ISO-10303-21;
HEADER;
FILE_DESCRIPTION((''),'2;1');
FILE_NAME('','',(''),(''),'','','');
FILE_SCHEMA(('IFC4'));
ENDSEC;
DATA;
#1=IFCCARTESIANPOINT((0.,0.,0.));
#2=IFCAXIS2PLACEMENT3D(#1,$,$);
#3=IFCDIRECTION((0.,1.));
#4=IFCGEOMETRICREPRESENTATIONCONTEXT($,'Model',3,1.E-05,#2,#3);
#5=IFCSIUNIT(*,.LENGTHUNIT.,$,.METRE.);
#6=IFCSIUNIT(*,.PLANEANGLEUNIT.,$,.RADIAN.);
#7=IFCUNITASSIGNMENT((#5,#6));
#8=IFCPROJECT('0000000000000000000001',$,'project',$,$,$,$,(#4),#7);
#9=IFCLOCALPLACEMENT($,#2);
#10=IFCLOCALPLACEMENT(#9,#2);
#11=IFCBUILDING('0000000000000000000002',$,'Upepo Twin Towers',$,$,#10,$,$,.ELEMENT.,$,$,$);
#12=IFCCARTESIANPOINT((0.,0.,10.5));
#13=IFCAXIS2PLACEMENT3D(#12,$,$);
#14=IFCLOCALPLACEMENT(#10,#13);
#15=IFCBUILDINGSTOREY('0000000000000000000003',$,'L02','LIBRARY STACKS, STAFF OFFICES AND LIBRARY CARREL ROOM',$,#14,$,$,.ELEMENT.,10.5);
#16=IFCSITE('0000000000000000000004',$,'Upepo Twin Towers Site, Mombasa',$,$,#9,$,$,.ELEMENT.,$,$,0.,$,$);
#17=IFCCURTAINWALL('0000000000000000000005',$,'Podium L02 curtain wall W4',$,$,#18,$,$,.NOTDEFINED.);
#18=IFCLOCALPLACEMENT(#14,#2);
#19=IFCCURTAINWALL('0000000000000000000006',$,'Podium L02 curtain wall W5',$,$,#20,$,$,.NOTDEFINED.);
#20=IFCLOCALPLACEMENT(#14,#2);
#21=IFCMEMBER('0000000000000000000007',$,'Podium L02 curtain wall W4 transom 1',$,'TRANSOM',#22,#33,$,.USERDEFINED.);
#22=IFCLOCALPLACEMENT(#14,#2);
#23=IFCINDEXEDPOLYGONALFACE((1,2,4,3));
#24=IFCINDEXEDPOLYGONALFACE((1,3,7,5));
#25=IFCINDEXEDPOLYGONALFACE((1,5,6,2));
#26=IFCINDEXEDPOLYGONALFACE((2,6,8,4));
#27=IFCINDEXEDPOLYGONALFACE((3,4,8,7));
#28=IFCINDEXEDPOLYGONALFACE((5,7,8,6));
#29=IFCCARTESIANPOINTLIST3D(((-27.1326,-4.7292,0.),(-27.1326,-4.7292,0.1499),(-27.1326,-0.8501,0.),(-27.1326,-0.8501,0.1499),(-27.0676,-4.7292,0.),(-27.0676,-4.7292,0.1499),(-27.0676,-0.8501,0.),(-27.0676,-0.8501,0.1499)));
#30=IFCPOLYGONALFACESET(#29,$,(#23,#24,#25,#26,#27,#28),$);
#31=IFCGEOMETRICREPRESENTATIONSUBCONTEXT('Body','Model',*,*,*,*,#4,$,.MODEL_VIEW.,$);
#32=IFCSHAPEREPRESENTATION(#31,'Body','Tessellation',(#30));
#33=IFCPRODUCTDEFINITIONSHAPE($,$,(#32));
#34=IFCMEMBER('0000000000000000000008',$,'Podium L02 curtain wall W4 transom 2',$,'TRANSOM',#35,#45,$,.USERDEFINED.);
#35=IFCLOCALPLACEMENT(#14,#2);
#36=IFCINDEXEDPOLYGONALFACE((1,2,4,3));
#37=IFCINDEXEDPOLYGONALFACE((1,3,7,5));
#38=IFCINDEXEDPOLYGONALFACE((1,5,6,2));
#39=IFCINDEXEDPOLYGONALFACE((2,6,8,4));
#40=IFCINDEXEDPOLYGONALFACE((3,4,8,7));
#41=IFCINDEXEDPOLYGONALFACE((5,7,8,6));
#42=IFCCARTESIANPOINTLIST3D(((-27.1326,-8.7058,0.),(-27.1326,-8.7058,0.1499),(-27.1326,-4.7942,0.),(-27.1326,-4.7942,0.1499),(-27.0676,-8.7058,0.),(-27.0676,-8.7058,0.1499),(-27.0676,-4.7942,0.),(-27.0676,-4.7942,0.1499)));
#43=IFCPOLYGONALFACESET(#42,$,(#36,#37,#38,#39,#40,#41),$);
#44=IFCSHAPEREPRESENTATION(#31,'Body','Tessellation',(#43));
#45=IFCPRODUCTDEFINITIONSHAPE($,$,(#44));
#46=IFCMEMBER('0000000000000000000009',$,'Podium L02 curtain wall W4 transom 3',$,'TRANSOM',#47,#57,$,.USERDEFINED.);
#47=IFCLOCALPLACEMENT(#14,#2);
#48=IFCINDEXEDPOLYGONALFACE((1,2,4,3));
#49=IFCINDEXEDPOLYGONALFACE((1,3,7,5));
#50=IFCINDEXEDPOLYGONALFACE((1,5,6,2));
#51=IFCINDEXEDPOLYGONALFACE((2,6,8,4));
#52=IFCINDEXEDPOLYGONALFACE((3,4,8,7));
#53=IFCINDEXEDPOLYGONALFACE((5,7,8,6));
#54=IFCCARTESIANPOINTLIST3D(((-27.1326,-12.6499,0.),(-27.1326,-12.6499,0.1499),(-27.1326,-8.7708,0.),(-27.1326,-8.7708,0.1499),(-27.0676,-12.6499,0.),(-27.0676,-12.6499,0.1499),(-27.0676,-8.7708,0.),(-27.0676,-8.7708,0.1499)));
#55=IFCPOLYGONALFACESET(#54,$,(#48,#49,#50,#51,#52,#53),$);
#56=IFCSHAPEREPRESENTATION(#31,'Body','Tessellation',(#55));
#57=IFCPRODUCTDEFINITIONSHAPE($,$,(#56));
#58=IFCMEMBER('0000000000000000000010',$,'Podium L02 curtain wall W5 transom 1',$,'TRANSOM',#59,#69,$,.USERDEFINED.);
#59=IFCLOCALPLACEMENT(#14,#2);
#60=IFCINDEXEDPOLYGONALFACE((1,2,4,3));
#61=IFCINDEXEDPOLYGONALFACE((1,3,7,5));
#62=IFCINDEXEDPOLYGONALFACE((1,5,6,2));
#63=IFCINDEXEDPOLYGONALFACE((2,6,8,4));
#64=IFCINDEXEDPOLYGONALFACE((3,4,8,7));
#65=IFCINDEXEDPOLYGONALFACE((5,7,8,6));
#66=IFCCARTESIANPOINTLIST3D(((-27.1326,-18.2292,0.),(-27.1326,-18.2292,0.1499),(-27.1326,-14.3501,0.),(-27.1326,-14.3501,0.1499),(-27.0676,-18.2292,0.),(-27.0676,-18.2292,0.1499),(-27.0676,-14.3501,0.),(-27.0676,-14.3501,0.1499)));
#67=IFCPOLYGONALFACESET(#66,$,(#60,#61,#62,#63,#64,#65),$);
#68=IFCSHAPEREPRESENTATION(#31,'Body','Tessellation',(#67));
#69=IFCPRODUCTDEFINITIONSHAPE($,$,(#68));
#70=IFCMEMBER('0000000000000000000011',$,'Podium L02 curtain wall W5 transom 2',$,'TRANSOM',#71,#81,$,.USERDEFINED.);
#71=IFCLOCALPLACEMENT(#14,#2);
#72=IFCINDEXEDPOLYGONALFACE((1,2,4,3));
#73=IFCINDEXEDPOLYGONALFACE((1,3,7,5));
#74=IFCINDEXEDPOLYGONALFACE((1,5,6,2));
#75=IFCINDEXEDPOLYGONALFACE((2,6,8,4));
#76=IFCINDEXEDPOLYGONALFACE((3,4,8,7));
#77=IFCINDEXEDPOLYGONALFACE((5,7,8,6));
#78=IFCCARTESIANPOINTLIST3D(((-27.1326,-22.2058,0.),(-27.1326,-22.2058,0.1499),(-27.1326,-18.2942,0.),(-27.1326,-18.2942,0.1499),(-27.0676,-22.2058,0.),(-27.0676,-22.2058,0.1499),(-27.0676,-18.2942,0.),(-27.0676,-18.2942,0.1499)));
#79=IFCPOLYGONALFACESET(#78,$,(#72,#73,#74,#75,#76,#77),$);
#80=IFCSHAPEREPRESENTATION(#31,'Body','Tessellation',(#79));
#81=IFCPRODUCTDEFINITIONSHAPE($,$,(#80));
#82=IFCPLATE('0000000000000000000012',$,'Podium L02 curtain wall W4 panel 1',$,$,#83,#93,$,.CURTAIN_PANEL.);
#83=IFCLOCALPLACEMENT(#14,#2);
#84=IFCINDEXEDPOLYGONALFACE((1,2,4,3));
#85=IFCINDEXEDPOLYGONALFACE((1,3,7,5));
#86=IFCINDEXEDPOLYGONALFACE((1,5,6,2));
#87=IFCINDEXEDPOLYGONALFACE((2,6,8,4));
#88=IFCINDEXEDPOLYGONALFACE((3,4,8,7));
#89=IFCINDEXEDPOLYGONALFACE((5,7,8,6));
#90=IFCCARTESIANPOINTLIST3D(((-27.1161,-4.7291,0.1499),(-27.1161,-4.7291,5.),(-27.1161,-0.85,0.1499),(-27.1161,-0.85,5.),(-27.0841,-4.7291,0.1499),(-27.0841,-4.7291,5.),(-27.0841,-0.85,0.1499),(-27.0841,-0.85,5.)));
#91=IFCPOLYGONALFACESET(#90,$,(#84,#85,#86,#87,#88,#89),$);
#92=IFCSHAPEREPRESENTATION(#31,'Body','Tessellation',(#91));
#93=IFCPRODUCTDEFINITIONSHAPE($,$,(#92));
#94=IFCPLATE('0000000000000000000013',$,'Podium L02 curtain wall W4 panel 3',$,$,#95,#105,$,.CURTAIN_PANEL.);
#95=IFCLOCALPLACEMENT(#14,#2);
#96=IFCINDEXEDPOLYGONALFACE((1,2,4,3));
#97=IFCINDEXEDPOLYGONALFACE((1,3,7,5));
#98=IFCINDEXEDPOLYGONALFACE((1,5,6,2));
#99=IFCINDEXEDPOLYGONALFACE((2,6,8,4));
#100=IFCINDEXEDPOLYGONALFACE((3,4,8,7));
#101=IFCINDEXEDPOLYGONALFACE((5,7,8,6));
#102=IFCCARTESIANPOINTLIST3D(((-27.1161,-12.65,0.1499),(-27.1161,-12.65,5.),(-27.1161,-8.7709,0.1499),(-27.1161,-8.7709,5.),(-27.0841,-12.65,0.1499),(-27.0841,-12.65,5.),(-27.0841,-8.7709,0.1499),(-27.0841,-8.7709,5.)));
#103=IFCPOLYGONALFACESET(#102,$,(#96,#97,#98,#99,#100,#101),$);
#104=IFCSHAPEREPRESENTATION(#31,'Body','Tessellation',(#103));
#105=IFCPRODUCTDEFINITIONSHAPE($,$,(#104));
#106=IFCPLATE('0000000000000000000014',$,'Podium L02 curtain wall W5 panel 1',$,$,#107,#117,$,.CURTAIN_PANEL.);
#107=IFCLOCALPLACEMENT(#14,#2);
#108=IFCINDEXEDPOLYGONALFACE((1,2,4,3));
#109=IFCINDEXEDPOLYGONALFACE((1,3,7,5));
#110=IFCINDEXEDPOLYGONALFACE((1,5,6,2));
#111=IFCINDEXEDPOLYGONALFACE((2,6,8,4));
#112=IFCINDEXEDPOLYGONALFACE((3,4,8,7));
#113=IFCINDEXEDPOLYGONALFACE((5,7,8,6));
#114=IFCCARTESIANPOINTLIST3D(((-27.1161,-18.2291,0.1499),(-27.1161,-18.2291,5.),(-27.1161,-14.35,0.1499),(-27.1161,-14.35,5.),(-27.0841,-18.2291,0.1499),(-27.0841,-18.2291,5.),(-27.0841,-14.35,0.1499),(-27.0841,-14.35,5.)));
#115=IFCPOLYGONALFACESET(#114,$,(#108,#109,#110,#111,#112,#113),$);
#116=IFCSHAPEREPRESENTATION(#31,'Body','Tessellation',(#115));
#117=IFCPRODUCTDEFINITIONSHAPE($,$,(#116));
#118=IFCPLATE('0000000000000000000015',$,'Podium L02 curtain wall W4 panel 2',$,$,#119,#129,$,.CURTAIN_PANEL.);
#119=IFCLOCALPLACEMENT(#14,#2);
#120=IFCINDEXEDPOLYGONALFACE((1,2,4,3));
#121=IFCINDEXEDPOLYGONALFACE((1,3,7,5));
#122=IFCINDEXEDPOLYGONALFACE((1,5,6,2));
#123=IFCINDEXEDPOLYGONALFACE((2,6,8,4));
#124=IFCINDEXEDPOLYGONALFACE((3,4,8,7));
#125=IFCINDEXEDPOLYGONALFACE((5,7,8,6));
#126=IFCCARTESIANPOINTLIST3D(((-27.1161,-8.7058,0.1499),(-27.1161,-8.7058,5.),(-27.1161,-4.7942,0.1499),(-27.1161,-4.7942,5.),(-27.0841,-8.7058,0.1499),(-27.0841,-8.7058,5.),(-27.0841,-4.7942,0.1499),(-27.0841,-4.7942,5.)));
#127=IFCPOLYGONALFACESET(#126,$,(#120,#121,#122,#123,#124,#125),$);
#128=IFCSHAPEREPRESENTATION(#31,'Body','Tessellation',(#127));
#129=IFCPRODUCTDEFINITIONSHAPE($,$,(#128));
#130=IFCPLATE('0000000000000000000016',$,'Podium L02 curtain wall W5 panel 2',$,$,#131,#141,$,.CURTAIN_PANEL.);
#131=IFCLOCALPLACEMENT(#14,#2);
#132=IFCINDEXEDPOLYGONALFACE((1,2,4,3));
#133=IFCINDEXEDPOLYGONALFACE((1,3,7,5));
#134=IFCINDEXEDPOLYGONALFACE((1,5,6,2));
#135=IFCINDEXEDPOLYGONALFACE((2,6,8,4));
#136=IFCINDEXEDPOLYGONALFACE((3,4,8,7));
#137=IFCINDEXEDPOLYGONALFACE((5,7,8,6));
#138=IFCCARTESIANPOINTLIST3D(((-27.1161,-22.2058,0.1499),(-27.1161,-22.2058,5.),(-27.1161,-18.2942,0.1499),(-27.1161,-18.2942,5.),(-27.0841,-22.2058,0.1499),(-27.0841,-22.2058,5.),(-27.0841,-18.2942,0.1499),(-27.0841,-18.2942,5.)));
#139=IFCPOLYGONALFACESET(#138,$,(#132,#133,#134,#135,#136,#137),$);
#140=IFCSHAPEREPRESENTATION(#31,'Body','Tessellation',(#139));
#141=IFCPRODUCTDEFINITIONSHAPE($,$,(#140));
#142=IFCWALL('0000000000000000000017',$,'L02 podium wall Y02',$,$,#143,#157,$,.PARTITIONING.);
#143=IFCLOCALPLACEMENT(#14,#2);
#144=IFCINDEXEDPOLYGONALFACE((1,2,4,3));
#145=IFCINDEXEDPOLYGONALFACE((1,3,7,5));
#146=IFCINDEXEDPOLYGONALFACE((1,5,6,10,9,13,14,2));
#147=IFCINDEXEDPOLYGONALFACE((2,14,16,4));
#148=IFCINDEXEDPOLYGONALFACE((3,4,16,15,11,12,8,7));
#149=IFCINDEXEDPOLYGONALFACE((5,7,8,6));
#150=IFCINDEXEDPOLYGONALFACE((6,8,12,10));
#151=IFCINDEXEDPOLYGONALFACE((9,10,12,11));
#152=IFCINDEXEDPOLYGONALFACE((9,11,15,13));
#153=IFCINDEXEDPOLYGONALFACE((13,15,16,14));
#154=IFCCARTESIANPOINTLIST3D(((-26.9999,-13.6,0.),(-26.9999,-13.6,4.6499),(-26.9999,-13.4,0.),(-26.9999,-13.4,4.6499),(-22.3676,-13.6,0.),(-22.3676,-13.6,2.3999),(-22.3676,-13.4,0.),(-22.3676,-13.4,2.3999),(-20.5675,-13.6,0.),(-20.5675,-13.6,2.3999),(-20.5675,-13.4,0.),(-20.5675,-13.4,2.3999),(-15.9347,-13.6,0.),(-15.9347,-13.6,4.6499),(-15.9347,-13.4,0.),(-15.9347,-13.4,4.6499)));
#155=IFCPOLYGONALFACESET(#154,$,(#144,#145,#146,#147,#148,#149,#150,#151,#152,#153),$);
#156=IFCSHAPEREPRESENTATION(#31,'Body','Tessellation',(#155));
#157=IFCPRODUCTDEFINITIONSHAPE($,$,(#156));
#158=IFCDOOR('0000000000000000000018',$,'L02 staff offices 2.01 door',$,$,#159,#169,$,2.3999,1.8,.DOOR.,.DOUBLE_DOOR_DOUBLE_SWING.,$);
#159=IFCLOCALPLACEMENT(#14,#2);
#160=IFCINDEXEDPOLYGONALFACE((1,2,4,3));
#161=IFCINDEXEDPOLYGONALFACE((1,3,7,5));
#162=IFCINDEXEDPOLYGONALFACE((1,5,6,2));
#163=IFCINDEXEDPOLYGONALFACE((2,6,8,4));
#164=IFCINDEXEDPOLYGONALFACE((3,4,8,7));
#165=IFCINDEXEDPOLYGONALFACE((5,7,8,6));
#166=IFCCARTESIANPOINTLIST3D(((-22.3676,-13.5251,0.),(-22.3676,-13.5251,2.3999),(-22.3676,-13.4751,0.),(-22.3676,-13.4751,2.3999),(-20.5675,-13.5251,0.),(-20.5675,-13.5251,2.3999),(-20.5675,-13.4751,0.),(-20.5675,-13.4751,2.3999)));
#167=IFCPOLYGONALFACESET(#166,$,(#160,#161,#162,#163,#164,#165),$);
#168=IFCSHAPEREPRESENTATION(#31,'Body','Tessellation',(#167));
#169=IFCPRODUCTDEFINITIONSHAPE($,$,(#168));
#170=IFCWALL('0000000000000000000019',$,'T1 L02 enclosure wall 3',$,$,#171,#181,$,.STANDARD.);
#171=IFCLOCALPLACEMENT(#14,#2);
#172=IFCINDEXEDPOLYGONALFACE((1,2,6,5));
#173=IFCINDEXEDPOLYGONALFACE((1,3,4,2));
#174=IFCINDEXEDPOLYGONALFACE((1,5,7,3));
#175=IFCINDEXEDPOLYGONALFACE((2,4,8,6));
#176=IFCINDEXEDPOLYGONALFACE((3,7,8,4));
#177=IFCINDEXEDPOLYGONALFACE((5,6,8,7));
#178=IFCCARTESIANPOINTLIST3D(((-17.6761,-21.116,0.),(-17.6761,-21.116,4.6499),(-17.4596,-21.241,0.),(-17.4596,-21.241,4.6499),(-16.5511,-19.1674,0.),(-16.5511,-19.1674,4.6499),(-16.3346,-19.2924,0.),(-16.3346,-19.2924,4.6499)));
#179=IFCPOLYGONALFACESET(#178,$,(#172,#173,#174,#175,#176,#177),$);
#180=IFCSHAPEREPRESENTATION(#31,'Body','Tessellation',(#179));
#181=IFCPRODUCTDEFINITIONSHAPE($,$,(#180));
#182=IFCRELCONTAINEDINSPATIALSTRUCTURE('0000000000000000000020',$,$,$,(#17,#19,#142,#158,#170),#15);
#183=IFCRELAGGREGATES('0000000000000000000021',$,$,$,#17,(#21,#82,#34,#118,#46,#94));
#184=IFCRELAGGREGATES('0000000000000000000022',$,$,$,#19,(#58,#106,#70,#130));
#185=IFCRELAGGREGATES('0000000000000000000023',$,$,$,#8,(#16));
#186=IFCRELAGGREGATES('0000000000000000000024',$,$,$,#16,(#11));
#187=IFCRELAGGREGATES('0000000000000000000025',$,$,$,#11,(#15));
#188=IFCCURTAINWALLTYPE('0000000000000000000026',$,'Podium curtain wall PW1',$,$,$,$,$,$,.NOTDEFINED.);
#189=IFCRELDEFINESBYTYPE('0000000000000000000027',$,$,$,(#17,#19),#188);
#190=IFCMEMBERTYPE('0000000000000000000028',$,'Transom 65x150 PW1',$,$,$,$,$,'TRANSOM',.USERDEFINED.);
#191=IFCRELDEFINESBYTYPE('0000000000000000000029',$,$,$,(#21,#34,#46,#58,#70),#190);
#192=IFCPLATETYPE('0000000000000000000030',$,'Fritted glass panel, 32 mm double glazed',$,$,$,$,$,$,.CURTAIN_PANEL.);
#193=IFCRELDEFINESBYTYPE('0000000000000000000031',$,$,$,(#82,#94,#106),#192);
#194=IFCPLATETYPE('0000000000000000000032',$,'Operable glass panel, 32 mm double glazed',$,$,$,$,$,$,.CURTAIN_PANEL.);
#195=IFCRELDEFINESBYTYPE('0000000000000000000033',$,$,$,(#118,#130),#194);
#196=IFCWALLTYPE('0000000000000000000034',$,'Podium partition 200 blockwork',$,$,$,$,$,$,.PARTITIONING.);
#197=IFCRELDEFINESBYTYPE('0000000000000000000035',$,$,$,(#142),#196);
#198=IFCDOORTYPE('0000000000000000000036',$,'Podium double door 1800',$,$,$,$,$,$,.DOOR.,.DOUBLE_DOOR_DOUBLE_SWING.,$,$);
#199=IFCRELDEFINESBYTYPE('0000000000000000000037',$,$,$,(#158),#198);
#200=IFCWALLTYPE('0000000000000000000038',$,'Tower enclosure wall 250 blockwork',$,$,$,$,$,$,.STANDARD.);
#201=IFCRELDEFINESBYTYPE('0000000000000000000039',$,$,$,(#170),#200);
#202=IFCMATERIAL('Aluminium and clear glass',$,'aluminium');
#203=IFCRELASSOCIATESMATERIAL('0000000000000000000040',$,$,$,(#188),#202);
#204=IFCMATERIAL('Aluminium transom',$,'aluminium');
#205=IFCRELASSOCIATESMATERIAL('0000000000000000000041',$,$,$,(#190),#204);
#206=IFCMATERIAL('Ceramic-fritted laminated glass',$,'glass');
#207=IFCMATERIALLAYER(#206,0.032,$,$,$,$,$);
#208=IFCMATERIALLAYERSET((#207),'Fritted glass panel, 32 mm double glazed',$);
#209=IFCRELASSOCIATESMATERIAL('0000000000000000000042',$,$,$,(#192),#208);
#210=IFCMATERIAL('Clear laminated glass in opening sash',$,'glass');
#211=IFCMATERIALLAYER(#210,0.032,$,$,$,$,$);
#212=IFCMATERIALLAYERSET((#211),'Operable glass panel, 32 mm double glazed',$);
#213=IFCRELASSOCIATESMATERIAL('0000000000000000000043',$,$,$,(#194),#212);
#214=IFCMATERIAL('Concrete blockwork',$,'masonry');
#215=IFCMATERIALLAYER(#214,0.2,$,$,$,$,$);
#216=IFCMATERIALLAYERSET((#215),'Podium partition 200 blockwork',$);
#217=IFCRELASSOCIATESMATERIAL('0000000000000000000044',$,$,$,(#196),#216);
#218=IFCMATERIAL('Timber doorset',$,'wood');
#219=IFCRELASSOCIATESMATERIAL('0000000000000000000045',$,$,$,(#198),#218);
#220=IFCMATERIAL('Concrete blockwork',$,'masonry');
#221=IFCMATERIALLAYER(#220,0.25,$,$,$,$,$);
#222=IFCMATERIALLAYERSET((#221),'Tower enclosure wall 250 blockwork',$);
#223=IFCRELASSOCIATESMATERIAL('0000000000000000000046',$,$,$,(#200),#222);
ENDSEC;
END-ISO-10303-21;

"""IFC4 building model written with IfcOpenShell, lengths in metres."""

from ifc_helpers import new_model, si_unit, direction, frame, frame_2d, origin, origin_2d, place, context, subcontext, project, spatial, rectangle, extrude, material, layer, layer_set, material_profile, profile_set, type_object, element, fill, aggregate, save


model = new_model("IFC4")

# Units and contexts
model_context = context("Model", 3, precision=1e-05, world=origin(), true_north=direction((0.0, 1.0)))
body_context = subcontext(model_context, "Body", "Model", "MODEL_VIEW")
ifc_project = project(units=[si_unit("LENGTHUNIT", "METRE"), si_unit("PLANEANGLEUNIT", "RADIAN")], contexts=[model_context])

# Site, building, storey
site_placement = place(None, origin())
site = spatial("IfcSite", under=ifc_project, at=site_placement, Name="Upepo Twin Towers Site, Mombasa", CompositionType="ELEMENT", RefElevation=0.0)
building_placement = place(site_placement, origin())
building = spatial("IfcBuilding", under=site, at=building_placement, Name="Upepo Twin Towers", CompositionType="ELEMENT")
storey_placement = place(building_placement, frame((0.0, 0.0, 10.5)))
storey = spatial("IfcBuildingStorey", under=building, at=storey_placement, Name="L02", Description="LIBRARY STACKS, STAFF OFFICES AND LIBRARY CARREL ROOM", CompositionType="ELEMENT", Elevation=10.5)

# Curtain walls
ifc_material_1 = material(Name="Aluminium and clear glass", Category="aluminium")
curtain_wall_type = type_object("IfcCurtainWallType", Name="Podium curtain wall PW1", PredefinedType="NOTDEFINED", material=ifc_material_1)
curtain_wall_1_placement = place(storey_placement, origin())
curtain_wall_1 = element("IfcCurtainWall", 1, at=curtain_wall_1_placement, inside=storey, type_object=curtain_wall_type, Name="Podium L02 curtain wall W4", PredefinedType="NOTDEFINED")
curtain_wall_2_placement = place(storey_placement, origin())
curtain_wall_2 = element("IfcCurtainWall", 2, at=curtain_wall_2_placement, inside=storey, type_object=curtain_wall_type, Name="Podium L02 curtain wall W5", PredefinedType="NOTDEFINED")

# Members
ifc_material_2 = material(Name="Aluminium transom", Category="aluminium")
ifc_material_profile_1 = material_profile(ifc_material_2, rectangle(XDim=0.0649, YDim=0.1499, at=origin_2d()), Name="TRANSOM 65x150 PODIUM")
ifc_profile_set_1 = profile_set([ifc_material_profile_1], Name="Aluminium transom")
member_type_1 = type_object("IfcMemberType", Name="Transom 65x150 PW1", ElementType="TRANSOM", PredefinedType="USERDEFINED", material=ifc_profile_set_1)
member_1_placement = place(storey_placement, frame((-27.1001, -0.8501, 0.075), z_axis=(0.0, -1.0, 0.0), x_axis=(1.0, 0.0, 0.0)))
member_1 = element("IfcMember", 3, at=member_1_placement, type_object=member_type_1, Name="Podium L02 curtain wall W4 transom 1", ObjectType="TRANSOM", PredefinedType="USERDEFINED", context=body_context, shape_type="SweptSolid", body=[
    extrude(rectangle(XDim=0.0649, YDim=0.1499, at=origin_2d()), origin(), (0.0, 0.0, 1.0), 3.8792),
])
member_2_placement = place(storey_placement, frame((-27.1001, -4.7942, 0.075), z_axis=(0.0, -1.0, 0.0), x_axis=(1.0, 0.0, 0.0)))
member_2 = element("IfcMember", 4, at=member_2_placement, type_object=member_type_1, Name="Podium L02 curtain wall W4 transom 2", ObjectType="TRANSOM", PredefinedType="USERDEFINED", context=body_context, shape_type="SweptSolid", body=[
    extrude(rectangle(XDim=0.0649, YDim=0.1499, at=origin_2d()), origin(), (0.0, 0.0, 1.0), 3.9116),
])
member_3_placement = place(storey_placement, frame((-27.1001, -8.7708, 0.075), z_axis=(0.0, -1.0, 0.0), x_axis=(1.0, 0.0, 0.0)))
member_3 = element("IfcMember", 5, at=member_3_placement, type_object=member_type_1, Name="Podium L02 curtain wall W4 transom 3", ObjectType="TRANSOM", PredefinedType="USERDEFINED", context=body_context, shape_type="SweptSolid", body=[
    extrude(rectangle(XDim=0.0649, YDim=0.1499, at=origin_2d()), origin(), (0.0, 0.0, 1.0), 3.8792),
])
member_4_placement = place(storey_placement, frame((-27.1001, -14.3501, 0.075), z_axis=(0.0, -1.0, 0.0), x_axis=(1.0, 0.0, 0.0)))
member_4 = element("IfcMember", 6, at=member_4_placement, type_object=member_type_1, Name="Podium L02 curtain wall W5 transom 1", ObjectType="TRANSOM", PredefinedType="USERDEFINED", context=body_context, shape_type="SweptSolid", body=[
    extrude(rectangle(XDim=0.0649, YDim=0.1499, at=origin_2d()), origin(), (0.0, 0.0, 1.0), 3.8792),
])
member_5_placement = place(storey_placement, frame((-27.1001, -18.2942, 0.075), z_axis=(0.0, -1.0, 0.0), x_axis=(1.0, 0.0, 0.0)))
member_5 = element("IfcMember", 7, at=member_5_placement, type_object=member_type_1, Name="Podium L02 curtain wall W5 transom 2", ObjectType="TRANSOM", PredefinedType="USERDEFINED", context=body_context, shape_type="SweptSolid", body=[
    extrude(rectangle(XDim=0.0649, YDim=0.1499, at=origin_2d()), origin(), (0.0, 0.0, 1.0), 3.9116),
])

# Plates
ifc_material_3 = material(Name="Ceramic-fritted laminated glass", Category="glass")
ifc_layer_1 = layer(ifc_material_3, 0.032)
ifc_layer_set_1 = layer_set([ifc_layer_1], Name="Fritted glass panel, 32 mm double glazed")
plate_type_1 = type_object("IfcPlateType", Name="Fritted glass panel, 32 mm double glazed", PredefinedType="CURTAIN_PANEL", material=ifc_layer_set_1)
plate_1_placement = place(storey_placement, frame((-27.1001, -2.7896, 0.1499), z_axis=(0.0, 0.0, 1.0), x_axis=(0.0, -1.0, 0.0)))
plate_1 = element("IfcPlate", 8, at=plate_1_placement, type_object=plate_type_1, Name="Podium L02 curtain wall W4 panel 1", PredefinedType="CURTAIN_PANEL", context=body_context, shape_type="SweptSolid", body=[
    extrude(rectangle(XDim=3.8792, YDim=0.032, at=origin_2d()), origin(), (0.0, 0.0, 1.0), 4.8501),
])
plate_2_placement = place(storey_placement, frame((-27.1001, -10.7104, 0.1499), z_axis=(0.0, 0.0, 1.0), x_axis=(0.0, -1.0, 0.0)))
plate_2 = element("IfcPlate", 9, at=plate_2_placement, type_object=plate_type_1, Name="Podium L02 curtain wall W4 panel 3", PredefinedType="CURTAIN_PANEL", context=body_context, shape_type="SweptSolid", body=[
    extrude(rectangle(XDim=3.8792, YDim=0.032, at=origin_2d()), origin(), (0.0, 0.0, 1.0), 4.8501),
])
plate_3_placement = place(storey_placement, frame((-27.1001, -16.2896, 0.1499), z_axis=(0.0, 0.0, 1.0), x_axis=(0.0, -1.0, 0.0)))
plate_3 = element("IfcPlate", 10, at=plate_3_placement, type_object=plate_type_1, Name="Podium L02 curtain wall W5 panel 1", PredefinedType="CURTAIN_PANEL", context=body_context, shape_type="SweptSolid", body=[
    extrude(rectangle(XDim=3.8792, YDim=0.032, at=origin_2d()), origin(), (0.0, 0.0, 1.0), 4.8501),
])
ifc_material_4 = material(Name="Clear laminated glass in opening sash", Category="glass")
ifc_layer_2 = layer(ifc_material_4, 0.032)
ifc_layer_set_2 = layer_set([ifc_layer_2], Name="Operable glass panel, 32 mm double glazed")
plate_type_2 = type_object("IfcPlateType", Name="Operable glass panel, 32 mm double glazed", PredefinedType="CURTAIN_PANEL", material=ifc_layer_set_2)
plate_4_placement = place(storey_placement, frame((-27.1001, -6.75, 0.1499), z_axis=(0.0, 0.0, 1.0), x_axis=(0.0, -1.0, 0.0)))
plate_4 = element("IfcPlate", 11, at=plate_4_placement, type_object=plate_type_2, Name="Podium L02 curtain wall W4 panel 2", PredefinedType="CURTAIN_PANEL", context=body_context, shape_type="SweptSolid", body=[
    extrude(rectangle(XDim=3.9116, YDim=0.032, at=origin_2d()), origin(), (0.0, 0.0, 1.0), 4.8501),
])
aggregate(curtain_wall_1, [member_1, plate_1, member_2, plate_4, member_3, plate_2])
plate_5_placement = place(storey_placement, frame((-27.1001, -20.25, 0.1499), z_axis=(0.0, 0.0, 1.0), x_axis=(0.0, -1.0, 0.0)))
plate_5 = element("IfcPlate", 12, at=plate_5_placement, type_object=plate_type_2, Name="Podium L02 curtain wall W5 panel 2", PredefinedType="CURTAIN_PANEL", context=body_context, shape_type="SweptSolid", body=[
    extrude(rectangle(XDim=3.9116, YDim=0.032, at=origin_2d()), origin(), (0.0, 0.0, 1.0), 4.8501),
])
aggregate(curtain_wall_2, [member_4, plate_3, member_5, plate_5])

# Wall, opening, door
ifc_material_5 = material(Name="Concrete blockwork", Category="masonry")
ifc_layer_3 = layer(ifc_material_5, 0.2)
ifc_layer_set_3 = layer_set([ifc_layer_3], Name="Podium partition 200 blockwork")
wall_type_1 = type_object("IfcWallType", Name="Podium partition 200 blockwork", PredefinedType="PARTITIONING", material=ifc_layer_set_3)
wall_1_placement = place(storey_placement, frame((-27.0, -13.5, 0.0), z_axis=(0.0, 0.0, 1.0), x_axis=(1.0, 0.0, 0.0)))
wall_1 = element("IfcWall", 13, at=wall_1_placement, inside=storey, type_object=wall_type_1, Name="L02 podium wall Y02", PredefinedType="PARTITIONING", context=body_context, shape_type="SweptSolid", body=[
    extrude(rectangle(XDim=11.0652, YDim=0.2, at=frame_2d((5.5327, 0.0))), origin(), (0.0, 0.0, 1.0), 4.6499),
])
opening_placement = place(wall_1_placement, frame((4.6326, 0.0, 0.0)))
opening = element("IfcOpeningElement", 14, at=opening_placement, cuts=wall_1, PredefinedType="OPENING", context=body_context, shape_type="SweptSolid", body=[
    extrude(rectangle(XDim=1.8, YDim=2.3999, at=frame_2d((0.8999, 1.2))), frame((0.0, 0.1099, 0.0), z_axis=(0.0, -1.0, 0.0), x_axis=(1.0, 0.0, 0.0)), (0.0, 0.0, 1.0), 0.22),
])
ifc_material_6 = material(Name="Timber doorset", Category="wood")
door_type = type_object("IfcDoorType", Name="Podium double door 1800", OperationType="DOUBLE_DOOR_DOUBLE_SWING", PredefinedType="DOOR", material=ifc_material_6)
door_placement = place(opening_placement, origin())
door = element("IfcDoor", 15, at=door_placement, inside=storey, type_object=door_type, Name="L02 staff offices 2.01 door", OperationType="DOUBLE_DOOR_DOUBLE_SWING", OverallHeight=2.3999, OverallWidth=1.8, PredefinedType="DOOR", context=body_context, shape_type="SweptSolid", body=[
    extrude(rectangle(XDim=1.8, YDim=2.3999, at=frame_2d((0.8999, 1.2))), frame((0.0, 0.0249, 0.0), z_axis=(0.0, -1.0, 0.0), x_axis=(1.0, 0.0, 0.0)), (0.0, 0.0, 1.0), 0.05),
])
fill(opening, door)

# Wall
ifc_material_7 = material(Name="Concrete blockwork", Category="masonry")
ifc_layer_4 = layer(ifc_material_7, 0.25)
ifc_layer_set_4 = layer_set([ifc_layer_4], Name="Tower enclosure wall 250 blockwork")
wall_type_2 = type_object("IfcWallType", Name="Tower enclosure wall 250 blockwork", PredefinedType="STANDARD", material=ifc_layer_set_4)
for number, where, z_axis, x_axis, name in (
    (16, (-17.5679, -21.1785, 0.0), (0.0, 0.0, 1.0), (0.500014, 0.866018, 0.0), "T1 L02 enclosure wall 3"),
):
    element("IfcWall", number, at=place(storey_placement, frame(where, z_axis=z_axis, x_axis=x_axis)), inside=storey, type_object=wall_type_2, Name=name, PredefinedType="STANDARD", context=body_context, shape_type="SweptSolid", body=[
        extrude(rectangle(XDim=2.25, YDim=0.25, at=frame_2d((1.125, 0.0))), origin(), (0.0, 0.0, 1.0), 4.6499),
    ])

save(model, "model.ifc")
